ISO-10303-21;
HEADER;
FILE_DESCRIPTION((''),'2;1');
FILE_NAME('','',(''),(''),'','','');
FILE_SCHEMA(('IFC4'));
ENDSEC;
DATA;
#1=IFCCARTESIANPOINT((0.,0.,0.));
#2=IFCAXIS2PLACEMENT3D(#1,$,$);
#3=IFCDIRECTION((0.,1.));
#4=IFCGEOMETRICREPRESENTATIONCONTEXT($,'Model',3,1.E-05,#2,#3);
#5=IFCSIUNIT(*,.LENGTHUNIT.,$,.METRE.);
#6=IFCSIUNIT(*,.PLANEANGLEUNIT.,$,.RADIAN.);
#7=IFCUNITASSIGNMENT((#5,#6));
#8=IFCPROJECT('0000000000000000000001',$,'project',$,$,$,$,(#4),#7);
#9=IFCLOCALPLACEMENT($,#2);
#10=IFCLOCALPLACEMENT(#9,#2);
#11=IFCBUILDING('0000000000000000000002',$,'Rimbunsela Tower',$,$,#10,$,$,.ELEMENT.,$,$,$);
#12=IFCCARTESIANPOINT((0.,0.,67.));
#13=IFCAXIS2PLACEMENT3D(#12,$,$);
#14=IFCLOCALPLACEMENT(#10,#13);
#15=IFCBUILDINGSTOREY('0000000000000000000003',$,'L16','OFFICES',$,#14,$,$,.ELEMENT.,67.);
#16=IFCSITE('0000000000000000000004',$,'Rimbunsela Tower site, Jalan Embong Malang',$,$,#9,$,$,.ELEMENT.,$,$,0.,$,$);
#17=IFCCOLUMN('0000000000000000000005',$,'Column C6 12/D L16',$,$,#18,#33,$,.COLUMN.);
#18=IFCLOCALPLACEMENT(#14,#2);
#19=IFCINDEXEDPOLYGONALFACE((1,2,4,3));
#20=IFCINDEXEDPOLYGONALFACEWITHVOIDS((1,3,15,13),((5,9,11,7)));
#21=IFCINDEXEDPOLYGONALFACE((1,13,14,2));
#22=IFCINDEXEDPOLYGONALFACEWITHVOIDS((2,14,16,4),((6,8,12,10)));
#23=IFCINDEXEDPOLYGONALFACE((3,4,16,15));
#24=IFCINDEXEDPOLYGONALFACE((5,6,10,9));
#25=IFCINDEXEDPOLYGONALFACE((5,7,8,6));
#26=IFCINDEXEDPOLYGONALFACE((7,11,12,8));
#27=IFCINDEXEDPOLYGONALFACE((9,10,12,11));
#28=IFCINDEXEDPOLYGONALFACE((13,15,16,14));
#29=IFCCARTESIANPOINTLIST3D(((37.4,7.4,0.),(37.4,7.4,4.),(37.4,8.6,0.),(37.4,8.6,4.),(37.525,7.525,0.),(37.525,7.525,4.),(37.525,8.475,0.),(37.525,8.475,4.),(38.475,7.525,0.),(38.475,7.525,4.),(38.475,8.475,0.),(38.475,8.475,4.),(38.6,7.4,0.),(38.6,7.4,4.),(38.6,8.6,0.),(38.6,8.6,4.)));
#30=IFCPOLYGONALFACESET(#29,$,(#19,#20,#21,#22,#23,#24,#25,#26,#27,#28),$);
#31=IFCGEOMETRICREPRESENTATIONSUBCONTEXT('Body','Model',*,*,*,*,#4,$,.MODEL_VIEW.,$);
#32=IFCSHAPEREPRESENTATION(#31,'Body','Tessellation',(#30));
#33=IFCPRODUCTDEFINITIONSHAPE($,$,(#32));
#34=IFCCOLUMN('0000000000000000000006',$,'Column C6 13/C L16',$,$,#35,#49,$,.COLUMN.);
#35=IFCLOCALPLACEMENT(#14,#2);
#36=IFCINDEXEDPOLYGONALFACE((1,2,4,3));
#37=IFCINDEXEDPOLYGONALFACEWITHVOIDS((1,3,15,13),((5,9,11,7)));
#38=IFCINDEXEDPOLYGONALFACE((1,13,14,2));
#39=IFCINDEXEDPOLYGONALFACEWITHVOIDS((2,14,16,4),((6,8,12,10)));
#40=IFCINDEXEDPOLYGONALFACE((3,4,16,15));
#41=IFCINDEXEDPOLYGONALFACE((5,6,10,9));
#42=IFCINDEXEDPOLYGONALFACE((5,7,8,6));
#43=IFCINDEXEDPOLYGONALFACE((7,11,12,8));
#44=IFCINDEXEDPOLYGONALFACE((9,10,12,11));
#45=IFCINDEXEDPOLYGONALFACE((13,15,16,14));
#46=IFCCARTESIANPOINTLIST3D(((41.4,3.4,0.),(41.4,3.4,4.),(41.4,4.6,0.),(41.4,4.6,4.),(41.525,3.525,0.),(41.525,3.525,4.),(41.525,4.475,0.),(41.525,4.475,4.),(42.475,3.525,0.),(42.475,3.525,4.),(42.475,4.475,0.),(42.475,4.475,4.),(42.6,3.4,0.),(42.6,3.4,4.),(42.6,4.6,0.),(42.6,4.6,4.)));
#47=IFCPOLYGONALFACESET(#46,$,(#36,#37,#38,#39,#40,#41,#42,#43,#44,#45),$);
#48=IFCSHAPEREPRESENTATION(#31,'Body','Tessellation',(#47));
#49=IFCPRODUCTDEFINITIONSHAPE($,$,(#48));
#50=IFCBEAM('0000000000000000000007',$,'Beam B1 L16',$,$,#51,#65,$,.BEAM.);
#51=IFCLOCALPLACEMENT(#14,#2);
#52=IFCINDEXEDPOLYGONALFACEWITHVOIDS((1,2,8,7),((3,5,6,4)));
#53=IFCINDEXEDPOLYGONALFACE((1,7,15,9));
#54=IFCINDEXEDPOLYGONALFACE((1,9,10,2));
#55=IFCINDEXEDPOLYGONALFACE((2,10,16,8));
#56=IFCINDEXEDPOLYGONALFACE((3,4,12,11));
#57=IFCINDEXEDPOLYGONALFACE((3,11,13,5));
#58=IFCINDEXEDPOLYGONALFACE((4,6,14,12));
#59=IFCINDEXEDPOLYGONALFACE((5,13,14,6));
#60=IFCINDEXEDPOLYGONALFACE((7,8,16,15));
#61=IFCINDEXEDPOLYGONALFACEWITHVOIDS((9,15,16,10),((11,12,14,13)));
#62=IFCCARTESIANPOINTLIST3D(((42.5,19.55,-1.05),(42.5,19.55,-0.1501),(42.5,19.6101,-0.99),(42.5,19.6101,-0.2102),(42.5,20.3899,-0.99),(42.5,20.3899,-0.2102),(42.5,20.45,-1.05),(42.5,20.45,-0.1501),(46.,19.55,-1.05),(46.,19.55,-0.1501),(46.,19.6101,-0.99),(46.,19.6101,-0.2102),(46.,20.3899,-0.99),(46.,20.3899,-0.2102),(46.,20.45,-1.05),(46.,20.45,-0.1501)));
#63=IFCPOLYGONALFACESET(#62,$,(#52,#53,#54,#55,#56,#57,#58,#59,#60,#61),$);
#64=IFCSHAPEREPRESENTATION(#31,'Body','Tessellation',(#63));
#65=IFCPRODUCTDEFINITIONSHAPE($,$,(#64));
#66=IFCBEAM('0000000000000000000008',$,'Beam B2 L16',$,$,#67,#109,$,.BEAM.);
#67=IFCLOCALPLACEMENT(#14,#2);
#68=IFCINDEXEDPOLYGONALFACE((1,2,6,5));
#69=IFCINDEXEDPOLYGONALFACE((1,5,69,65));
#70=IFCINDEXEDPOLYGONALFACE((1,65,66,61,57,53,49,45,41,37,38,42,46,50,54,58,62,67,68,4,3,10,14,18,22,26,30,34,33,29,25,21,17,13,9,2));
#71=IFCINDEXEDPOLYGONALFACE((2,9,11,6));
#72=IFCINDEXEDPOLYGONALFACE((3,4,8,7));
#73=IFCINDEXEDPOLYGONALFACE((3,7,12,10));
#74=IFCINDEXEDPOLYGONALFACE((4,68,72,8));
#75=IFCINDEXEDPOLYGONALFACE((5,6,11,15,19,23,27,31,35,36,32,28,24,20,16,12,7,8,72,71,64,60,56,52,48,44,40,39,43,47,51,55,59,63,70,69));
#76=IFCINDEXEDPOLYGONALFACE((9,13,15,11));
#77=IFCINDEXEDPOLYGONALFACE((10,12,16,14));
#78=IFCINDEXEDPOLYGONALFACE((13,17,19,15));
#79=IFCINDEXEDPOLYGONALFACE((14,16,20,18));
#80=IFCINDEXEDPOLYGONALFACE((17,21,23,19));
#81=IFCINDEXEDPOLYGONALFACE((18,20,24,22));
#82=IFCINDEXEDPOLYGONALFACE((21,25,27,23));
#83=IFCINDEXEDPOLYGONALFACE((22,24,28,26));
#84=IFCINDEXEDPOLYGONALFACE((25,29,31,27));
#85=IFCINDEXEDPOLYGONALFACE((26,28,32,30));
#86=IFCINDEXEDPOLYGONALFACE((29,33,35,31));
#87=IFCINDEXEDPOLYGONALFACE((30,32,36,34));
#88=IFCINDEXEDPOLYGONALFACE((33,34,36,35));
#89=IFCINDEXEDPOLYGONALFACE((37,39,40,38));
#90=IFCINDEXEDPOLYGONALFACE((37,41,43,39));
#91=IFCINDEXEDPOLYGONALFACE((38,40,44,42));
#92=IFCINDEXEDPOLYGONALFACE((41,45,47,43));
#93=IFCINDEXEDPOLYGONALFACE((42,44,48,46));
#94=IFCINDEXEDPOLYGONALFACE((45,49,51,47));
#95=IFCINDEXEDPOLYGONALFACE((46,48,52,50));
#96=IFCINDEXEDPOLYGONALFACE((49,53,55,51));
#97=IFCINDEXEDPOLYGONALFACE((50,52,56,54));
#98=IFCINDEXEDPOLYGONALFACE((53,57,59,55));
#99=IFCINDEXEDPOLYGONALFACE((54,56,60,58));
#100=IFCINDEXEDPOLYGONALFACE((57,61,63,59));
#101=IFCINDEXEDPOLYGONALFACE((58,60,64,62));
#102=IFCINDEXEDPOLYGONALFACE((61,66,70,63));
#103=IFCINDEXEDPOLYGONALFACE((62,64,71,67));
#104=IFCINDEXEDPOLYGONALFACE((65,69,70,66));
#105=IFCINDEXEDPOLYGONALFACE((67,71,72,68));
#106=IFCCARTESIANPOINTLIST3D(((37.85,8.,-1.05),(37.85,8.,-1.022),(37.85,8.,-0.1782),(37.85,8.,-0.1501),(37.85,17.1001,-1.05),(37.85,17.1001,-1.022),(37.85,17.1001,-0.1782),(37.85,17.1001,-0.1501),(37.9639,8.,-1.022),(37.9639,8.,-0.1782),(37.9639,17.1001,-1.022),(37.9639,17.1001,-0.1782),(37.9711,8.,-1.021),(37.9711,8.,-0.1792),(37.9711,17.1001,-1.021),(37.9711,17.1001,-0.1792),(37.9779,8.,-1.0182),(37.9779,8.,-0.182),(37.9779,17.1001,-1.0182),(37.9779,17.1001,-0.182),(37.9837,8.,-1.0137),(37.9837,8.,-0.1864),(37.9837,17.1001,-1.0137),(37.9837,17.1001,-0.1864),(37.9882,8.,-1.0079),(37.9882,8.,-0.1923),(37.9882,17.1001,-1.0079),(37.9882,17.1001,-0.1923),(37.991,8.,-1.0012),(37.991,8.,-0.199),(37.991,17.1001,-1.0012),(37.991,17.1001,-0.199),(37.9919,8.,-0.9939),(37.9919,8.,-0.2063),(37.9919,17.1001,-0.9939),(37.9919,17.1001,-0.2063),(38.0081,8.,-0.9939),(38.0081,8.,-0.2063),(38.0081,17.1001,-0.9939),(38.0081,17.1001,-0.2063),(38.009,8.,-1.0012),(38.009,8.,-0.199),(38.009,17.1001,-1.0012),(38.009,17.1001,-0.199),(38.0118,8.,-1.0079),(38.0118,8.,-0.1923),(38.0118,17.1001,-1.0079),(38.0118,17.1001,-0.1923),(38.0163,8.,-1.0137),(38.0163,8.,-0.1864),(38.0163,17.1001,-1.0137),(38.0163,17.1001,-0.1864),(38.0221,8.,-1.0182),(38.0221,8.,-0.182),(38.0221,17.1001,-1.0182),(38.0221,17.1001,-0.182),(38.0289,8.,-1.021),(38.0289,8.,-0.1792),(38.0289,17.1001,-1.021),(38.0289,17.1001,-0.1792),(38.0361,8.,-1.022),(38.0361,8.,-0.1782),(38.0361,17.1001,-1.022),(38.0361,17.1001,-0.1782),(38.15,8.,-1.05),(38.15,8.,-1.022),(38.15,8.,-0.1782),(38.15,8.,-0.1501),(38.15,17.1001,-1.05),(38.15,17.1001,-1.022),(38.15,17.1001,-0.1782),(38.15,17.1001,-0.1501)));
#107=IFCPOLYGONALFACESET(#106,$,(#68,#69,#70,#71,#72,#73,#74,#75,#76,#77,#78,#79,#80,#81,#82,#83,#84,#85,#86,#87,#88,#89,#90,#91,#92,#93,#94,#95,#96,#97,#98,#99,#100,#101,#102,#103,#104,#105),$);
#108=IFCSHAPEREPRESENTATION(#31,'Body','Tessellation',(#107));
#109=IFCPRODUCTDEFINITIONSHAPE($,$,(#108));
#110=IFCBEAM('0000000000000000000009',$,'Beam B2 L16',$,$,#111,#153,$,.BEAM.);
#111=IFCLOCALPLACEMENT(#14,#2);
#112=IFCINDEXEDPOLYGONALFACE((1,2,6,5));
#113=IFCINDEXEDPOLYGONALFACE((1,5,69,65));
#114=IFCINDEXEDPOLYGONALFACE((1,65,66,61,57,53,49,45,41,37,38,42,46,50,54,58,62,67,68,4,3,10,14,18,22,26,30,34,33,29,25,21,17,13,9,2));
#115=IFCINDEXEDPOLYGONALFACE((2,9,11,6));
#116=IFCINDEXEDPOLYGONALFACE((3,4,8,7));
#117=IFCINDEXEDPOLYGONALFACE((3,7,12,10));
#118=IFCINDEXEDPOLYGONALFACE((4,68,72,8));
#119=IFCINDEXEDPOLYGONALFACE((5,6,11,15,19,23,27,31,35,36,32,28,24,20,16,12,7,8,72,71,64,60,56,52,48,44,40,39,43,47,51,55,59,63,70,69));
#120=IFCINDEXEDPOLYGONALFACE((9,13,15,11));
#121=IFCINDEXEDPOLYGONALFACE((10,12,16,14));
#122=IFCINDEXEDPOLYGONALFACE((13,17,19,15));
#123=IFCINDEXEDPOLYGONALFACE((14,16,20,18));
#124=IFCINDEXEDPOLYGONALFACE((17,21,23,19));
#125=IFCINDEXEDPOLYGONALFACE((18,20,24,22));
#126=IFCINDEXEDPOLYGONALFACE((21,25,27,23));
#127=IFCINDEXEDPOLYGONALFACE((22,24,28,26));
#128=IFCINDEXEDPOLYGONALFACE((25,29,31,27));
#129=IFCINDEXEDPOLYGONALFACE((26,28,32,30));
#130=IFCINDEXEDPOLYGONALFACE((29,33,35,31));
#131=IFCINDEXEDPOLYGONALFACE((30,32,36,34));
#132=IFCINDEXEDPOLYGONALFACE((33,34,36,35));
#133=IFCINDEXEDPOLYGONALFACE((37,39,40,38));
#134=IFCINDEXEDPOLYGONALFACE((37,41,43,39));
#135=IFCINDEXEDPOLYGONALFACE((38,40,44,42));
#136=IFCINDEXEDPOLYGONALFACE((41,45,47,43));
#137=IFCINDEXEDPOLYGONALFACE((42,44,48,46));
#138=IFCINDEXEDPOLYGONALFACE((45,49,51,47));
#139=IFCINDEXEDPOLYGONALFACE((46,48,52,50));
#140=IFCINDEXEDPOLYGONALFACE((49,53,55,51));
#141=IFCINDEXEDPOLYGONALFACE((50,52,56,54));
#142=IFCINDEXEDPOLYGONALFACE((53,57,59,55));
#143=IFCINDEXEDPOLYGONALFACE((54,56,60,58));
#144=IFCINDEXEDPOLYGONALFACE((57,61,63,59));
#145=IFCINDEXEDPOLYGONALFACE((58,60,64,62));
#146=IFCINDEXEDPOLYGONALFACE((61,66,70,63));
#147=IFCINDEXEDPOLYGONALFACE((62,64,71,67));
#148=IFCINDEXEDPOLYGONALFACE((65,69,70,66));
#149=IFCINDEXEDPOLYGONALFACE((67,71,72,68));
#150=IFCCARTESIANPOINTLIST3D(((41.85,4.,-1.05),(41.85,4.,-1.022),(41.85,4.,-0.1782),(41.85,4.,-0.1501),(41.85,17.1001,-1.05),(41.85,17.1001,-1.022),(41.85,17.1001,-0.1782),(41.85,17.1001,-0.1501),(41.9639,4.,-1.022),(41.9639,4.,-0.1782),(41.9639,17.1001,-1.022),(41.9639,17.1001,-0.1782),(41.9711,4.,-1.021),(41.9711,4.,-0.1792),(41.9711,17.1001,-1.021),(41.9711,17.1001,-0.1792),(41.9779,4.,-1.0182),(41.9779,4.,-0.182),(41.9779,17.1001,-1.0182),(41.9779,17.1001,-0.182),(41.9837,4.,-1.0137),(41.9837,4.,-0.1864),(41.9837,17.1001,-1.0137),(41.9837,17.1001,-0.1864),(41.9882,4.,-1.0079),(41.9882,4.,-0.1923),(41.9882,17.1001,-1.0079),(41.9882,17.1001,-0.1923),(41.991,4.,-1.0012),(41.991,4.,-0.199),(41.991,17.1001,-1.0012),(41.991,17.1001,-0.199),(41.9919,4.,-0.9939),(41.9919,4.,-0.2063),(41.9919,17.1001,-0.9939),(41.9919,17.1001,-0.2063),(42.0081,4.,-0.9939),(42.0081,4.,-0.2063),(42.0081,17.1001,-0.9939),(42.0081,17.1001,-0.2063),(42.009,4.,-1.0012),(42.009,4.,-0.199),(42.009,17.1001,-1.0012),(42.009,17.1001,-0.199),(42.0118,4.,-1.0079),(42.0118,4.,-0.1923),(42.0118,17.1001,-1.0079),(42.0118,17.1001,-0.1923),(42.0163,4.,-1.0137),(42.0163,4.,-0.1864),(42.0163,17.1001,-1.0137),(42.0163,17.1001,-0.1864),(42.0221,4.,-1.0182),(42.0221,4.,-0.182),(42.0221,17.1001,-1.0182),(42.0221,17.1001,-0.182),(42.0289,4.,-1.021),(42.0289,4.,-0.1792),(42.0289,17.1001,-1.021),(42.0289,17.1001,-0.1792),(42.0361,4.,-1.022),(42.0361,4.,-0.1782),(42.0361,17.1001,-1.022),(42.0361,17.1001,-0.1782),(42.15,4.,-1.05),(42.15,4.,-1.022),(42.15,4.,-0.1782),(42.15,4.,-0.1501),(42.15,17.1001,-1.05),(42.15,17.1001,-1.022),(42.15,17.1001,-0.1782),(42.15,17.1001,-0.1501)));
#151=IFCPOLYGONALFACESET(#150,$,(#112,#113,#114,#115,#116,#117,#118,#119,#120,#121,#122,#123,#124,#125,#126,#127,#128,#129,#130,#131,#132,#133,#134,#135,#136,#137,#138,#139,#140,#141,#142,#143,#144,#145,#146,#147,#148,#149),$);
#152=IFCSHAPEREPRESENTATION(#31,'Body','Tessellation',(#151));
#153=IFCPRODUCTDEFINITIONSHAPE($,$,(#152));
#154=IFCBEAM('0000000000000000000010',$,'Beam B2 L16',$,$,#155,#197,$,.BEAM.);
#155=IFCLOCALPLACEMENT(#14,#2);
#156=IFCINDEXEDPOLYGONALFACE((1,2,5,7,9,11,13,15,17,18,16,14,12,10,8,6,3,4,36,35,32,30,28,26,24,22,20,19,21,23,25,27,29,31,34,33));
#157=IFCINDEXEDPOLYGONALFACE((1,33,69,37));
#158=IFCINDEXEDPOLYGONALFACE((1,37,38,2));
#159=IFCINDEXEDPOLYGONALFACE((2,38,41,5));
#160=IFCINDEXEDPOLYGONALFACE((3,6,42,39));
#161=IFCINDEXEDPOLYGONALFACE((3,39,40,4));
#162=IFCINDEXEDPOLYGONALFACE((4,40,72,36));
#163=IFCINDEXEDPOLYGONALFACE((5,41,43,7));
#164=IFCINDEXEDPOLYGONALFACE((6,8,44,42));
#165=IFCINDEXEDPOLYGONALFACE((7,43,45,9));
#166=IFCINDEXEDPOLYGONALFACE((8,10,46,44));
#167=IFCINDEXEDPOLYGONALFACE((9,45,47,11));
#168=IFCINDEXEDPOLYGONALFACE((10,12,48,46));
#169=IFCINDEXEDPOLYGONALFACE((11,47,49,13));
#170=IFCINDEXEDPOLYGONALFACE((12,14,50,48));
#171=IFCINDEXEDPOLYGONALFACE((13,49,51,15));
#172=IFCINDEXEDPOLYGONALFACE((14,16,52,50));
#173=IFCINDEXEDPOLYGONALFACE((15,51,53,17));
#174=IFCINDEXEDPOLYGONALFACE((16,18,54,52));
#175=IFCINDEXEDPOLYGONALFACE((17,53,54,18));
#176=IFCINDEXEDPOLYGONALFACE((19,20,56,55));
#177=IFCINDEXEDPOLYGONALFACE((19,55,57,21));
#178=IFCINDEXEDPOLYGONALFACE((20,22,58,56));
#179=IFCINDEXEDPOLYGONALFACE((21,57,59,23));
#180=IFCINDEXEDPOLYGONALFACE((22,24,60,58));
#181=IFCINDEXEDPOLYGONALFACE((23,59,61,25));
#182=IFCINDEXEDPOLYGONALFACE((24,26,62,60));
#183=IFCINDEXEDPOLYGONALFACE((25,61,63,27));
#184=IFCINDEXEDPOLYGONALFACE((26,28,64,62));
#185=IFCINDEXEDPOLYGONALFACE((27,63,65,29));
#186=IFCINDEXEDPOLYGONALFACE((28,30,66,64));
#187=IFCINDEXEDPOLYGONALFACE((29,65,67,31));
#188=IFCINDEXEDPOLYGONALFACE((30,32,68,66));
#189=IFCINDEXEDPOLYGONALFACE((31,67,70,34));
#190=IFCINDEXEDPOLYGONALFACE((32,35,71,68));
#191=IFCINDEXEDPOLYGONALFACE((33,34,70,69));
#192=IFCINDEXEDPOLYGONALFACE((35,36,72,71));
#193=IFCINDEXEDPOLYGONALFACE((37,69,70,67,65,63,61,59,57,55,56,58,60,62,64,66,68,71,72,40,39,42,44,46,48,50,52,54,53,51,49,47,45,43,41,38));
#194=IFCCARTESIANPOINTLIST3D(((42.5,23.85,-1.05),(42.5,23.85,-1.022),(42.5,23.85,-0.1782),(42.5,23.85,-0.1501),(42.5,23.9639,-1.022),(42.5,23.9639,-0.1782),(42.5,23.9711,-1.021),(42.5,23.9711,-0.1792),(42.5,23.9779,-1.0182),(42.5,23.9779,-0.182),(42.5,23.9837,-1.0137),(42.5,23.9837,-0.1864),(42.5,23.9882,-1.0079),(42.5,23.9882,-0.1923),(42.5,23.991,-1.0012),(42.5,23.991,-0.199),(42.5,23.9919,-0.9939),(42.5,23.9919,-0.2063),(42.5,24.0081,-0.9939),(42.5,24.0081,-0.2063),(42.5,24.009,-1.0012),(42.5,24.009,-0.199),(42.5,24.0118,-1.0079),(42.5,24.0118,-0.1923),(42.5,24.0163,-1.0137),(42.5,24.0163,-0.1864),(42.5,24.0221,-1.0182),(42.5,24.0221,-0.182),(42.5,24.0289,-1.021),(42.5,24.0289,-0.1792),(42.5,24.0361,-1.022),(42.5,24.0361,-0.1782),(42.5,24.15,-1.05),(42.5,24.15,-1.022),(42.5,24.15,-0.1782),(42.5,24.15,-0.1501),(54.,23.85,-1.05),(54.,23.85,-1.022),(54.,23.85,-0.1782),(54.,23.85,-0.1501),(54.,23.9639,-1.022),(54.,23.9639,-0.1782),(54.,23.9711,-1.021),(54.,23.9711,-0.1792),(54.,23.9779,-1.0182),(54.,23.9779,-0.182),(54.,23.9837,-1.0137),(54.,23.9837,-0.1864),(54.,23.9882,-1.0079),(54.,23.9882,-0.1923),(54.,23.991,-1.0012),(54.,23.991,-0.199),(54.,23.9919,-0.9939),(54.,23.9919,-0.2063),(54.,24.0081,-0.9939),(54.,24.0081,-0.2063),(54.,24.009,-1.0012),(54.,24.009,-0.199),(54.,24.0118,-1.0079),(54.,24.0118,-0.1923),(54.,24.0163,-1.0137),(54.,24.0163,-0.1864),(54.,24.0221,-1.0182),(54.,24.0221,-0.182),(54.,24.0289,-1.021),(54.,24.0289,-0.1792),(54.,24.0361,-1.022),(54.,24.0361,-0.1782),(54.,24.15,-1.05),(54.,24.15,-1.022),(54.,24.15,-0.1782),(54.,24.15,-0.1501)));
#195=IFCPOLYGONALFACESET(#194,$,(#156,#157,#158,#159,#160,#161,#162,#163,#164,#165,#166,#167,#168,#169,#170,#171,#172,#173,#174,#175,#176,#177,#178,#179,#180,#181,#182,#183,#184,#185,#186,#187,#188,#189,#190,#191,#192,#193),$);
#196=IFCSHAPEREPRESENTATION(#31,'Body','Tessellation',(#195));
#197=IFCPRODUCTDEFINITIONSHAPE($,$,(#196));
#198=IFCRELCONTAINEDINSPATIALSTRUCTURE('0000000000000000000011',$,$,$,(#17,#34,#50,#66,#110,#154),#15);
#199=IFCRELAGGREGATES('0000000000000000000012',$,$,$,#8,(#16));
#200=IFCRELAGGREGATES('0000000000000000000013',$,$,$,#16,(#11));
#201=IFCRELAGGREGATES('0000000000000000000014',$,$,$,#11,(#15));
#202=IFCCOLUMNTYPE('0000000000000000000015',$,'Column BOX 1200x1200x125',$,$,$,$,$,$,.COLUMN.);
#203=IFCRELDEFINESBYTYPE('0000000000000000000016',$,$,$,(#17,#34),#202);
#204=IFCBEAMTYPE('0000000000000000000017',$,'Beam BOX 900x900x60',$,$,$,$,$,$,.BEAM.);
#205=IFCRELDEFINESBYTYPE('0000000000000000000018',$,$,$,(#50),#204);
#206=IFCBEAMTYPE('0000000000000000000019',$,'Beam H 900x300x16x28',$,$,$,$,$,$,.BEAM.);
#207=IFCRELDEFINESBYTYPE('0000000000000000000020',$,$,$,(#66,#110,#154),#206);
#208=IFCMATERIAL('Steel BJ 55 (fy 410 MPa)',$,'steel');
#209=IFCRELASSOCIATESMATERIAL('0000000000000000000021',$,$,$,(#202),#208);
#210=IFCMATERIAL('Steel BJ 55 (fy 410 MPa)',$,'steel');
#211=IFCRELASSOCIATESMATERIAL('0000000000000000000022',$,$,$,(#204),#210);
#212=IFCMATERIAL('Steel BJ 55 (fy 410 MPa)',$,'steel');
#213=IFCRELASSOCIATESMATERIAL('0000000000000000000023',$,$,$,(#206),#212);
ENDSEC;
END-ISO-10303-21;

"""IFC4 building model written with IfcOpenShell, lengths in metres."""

from ifc_helpers import new_model, si_unit, direction, frame, origin, origin_2d, place, context, subcontext, project, spatial, hollow_rectangle, i_section, extrude, material, material_profile, profile_set, type_object, element, save


model = new_model("IFC4")

# Units and contexts
model_context = context("Model", 3, precision=1e-05, world=origin(), true_north=direction((0.0, 1.0)))
body_context = subcontext(model_context, "Body", "Model", "MODEL_VIEW")
ifc_project = project(units=[si_unit("LENGTHUNIT", "METRE"), si_unit("PLANEANGLEUNIT", "RADIAN")], contexts=[model_context])

# Site, building, storey
site_placement = place(None, origin())
site = spatial("IfcSite", under=ifc_project, at=site_placement, Name="Rimbunsela Tower site, Jalan Embong Malang", CompositionType="ELEMENT", RefElevation=0.0)
building_placement = place(site_placement, origin())
building = spatial("IfcBuilding", under=site, at=building_placement, Name="Rimbunsela Tower", CompositionType="ELEMENT")
storey_placement = place(building_placement, frame((0.0, 0.0, 67.0)))
storey = spatial("IfcBuildingStorey", under=building, at=storey_placement, Name="L16", Description="OFFICES", CompositionType="ELEMENT", Elevation=67.0)

# Columns
ifc_material_1 = material(Name="Steel BJ 55 (fy 410 MPa)", Category="steel")
ifc_material_profile_1 = material_profile(ifc_material_1, hollow_rectangle(XDim=1.2, YDim=1.2, WallThickness=0.125, at=origin_2d()), Name="BOX 1200x1200x125")
ifc_profile_set_1 = profile_set([ifc_material_profile_1], Name="Steel BJ 55 (fy 410 MPa)")
column_type = type_object("IfcColumnType", Name="Column BOX 1200x1200x125", PredefinedType="COLUMN", material=ifc_profile_set_1)
for number, where, z_axis, x_axis, name in (
    (1, (38.0, 8.0, 0.0), (0.0, 0.0, 1.0), (1.0, 0.0, 0.0), "Column C6 12/D L16"),
    (2, (42.0, 4.0, 0.0), (0.0, 0.0, 1.0), (1.0, 0.0, 0.0), "Column C6 13/C L16"),
):
    element("IfcColumn", number, at=place(storey_placement, frame(where, z_axis=z_axis, x_axis=x_axis)), inside=storey, type_object=column_type, Name=name, PredefinedType="COLUMN", context=body_context, shape_type="SweptSolid", body=[
        extrude(hollow_rectangle(XDim=1.2, YDim=1.2, WallThickness=0.125, at=origin_2d()), origin(), (0.0, 0.0, 1.0), 4.0),
    ])

# Beams
ifc_material_2 = material(Name="Steel BJ 55 (fy 410 MPa)", Category="steel")
ifc_material_profile_2 = material_profile(ifc_material_2, hollow_rectangle(XDim=0.8999, YDim=0.8999, WallThickness=0.0601, at=origin_2d()), Name="BOX 900x900x60")
ifc_profile_set_2 = profile_set([ifc_material_profile_2], Name="Steel BJ 55 (fy 410 MPa)")
beam_type_1 = type_object("IfcBeamType", Name="Beam BOX 900x900x60", PredefinedType="BEAM", material=ifc_profile_set_2)
beam_1_placement = place(storey_placement, frame((42.5, 20.0, -0.6001), z_axis=(1.0, 0.0, 0.0), x_axis=(0.0, 1.0, 0.0)))
element("IfcBeam", 3, at=beam_1_placement, inside=storey, type_object=beam_type_1, Name="Beam B1 L16", PredefinedType="BEAM", context=body_context, shape_type="SweptSolid", body=[
    extrude(hollow_rectangle(XDim=0.8999, YDim=0.8999, WallThickness=0.0601, at=origin_2d()), origin(), (0.0, 0.0, 1.0), 3.5),
])
ifc_material_3 = material(Name="Steel BJ 55 (fy 410 MPa)", Category="steel")
ifc_material_profile_3 = material_profile(ifc_material_3, i_section(OverallWidth=0.3, OverallDepth=0.8999, WebThickness=0.0161, FlangeThickness=0.0281, FilletRadius=0.0281, at=origin_2d()), Name="H 900x300x16x28")
ifc_profile_set_3 = profile_set([ifc_material_profile_3], Name="Steel BJ 55 (fy 410 MPa)")
beam_type_2 = type_object("IfcBeamType", Name="Beam H 900x300x16x28", PredefinedType="BEAM", material=ifc_profile_set_3)
beam_2_placement = place(storey_placement, frame((38.0, 8.0, -0.6001), z_axis=(0.0, 1.0, 0.0), x_axis=(-1.0, 0.0, 0.0)))
element("IfcBeam", 4, at=beam_2_placement, inside=storey, type_object=beam_type_2, Name="Beam B2 L16", PredefinedType="BEAM", context=body_context, shape_type="SweptSolid", body=[
    extrude(i_section(OverallWidth=0.3, OverallDepth=0.8999, WebThickness=0.0161, FlangeThickness=0.0281, FilletRadius=0.0281, at=origin_2d()), origin(), (0.0, 0.0, 1.0), 9.1001),
])
beam_3_placement = place(storey_placement, frame((42.0, 4.0, -0.6001), z_axis=(0.0, 1.0, 0.0), x_axis=(-1.0, 0.0, 0.0)))
element("IfcBeam", 5, at=beam_3_placement, inside=storey, type_object=beam_type_2, Name="Beam B2 L16", PredefinedType="BEAM", context=body_context, shape_type="SweptSolid", body=[
    extrude(i_section(OverallWidth=0.3, OverallDepth=0.8999, WebThickness=0.0161, FlangeThickness=0.0281, FilletRadius=0.0281, at=origin_2d()), origin(), (0.0, 0.0, 1.0), 13.1001),
])
beam_4_placement = place(storey_placement, frame((42.5, 24.0, -0.6001), z_axis=(1.0, 0.0, 0.0), x_axis=(0.0, 1.0, 0.0)))
element("IfcBeam", 6, at=beam_4_placement, inside=storey, type_object=beam_type_2, Name="Beam B2 L16", PredefinedType="BEAM", context=body_context, shape_type="SweptSolid", body=[
    extrude(i_section(OverallWidth=0.3, OverallDepth=0.8999, WebThickness=0.0161, FlangeThickness=0.0281, FilletRadius=0.0281, at=origin_2d()), origin(), (0.0, 0.0, 1.0), 11.5),
])

save(model, "model.ifc")
